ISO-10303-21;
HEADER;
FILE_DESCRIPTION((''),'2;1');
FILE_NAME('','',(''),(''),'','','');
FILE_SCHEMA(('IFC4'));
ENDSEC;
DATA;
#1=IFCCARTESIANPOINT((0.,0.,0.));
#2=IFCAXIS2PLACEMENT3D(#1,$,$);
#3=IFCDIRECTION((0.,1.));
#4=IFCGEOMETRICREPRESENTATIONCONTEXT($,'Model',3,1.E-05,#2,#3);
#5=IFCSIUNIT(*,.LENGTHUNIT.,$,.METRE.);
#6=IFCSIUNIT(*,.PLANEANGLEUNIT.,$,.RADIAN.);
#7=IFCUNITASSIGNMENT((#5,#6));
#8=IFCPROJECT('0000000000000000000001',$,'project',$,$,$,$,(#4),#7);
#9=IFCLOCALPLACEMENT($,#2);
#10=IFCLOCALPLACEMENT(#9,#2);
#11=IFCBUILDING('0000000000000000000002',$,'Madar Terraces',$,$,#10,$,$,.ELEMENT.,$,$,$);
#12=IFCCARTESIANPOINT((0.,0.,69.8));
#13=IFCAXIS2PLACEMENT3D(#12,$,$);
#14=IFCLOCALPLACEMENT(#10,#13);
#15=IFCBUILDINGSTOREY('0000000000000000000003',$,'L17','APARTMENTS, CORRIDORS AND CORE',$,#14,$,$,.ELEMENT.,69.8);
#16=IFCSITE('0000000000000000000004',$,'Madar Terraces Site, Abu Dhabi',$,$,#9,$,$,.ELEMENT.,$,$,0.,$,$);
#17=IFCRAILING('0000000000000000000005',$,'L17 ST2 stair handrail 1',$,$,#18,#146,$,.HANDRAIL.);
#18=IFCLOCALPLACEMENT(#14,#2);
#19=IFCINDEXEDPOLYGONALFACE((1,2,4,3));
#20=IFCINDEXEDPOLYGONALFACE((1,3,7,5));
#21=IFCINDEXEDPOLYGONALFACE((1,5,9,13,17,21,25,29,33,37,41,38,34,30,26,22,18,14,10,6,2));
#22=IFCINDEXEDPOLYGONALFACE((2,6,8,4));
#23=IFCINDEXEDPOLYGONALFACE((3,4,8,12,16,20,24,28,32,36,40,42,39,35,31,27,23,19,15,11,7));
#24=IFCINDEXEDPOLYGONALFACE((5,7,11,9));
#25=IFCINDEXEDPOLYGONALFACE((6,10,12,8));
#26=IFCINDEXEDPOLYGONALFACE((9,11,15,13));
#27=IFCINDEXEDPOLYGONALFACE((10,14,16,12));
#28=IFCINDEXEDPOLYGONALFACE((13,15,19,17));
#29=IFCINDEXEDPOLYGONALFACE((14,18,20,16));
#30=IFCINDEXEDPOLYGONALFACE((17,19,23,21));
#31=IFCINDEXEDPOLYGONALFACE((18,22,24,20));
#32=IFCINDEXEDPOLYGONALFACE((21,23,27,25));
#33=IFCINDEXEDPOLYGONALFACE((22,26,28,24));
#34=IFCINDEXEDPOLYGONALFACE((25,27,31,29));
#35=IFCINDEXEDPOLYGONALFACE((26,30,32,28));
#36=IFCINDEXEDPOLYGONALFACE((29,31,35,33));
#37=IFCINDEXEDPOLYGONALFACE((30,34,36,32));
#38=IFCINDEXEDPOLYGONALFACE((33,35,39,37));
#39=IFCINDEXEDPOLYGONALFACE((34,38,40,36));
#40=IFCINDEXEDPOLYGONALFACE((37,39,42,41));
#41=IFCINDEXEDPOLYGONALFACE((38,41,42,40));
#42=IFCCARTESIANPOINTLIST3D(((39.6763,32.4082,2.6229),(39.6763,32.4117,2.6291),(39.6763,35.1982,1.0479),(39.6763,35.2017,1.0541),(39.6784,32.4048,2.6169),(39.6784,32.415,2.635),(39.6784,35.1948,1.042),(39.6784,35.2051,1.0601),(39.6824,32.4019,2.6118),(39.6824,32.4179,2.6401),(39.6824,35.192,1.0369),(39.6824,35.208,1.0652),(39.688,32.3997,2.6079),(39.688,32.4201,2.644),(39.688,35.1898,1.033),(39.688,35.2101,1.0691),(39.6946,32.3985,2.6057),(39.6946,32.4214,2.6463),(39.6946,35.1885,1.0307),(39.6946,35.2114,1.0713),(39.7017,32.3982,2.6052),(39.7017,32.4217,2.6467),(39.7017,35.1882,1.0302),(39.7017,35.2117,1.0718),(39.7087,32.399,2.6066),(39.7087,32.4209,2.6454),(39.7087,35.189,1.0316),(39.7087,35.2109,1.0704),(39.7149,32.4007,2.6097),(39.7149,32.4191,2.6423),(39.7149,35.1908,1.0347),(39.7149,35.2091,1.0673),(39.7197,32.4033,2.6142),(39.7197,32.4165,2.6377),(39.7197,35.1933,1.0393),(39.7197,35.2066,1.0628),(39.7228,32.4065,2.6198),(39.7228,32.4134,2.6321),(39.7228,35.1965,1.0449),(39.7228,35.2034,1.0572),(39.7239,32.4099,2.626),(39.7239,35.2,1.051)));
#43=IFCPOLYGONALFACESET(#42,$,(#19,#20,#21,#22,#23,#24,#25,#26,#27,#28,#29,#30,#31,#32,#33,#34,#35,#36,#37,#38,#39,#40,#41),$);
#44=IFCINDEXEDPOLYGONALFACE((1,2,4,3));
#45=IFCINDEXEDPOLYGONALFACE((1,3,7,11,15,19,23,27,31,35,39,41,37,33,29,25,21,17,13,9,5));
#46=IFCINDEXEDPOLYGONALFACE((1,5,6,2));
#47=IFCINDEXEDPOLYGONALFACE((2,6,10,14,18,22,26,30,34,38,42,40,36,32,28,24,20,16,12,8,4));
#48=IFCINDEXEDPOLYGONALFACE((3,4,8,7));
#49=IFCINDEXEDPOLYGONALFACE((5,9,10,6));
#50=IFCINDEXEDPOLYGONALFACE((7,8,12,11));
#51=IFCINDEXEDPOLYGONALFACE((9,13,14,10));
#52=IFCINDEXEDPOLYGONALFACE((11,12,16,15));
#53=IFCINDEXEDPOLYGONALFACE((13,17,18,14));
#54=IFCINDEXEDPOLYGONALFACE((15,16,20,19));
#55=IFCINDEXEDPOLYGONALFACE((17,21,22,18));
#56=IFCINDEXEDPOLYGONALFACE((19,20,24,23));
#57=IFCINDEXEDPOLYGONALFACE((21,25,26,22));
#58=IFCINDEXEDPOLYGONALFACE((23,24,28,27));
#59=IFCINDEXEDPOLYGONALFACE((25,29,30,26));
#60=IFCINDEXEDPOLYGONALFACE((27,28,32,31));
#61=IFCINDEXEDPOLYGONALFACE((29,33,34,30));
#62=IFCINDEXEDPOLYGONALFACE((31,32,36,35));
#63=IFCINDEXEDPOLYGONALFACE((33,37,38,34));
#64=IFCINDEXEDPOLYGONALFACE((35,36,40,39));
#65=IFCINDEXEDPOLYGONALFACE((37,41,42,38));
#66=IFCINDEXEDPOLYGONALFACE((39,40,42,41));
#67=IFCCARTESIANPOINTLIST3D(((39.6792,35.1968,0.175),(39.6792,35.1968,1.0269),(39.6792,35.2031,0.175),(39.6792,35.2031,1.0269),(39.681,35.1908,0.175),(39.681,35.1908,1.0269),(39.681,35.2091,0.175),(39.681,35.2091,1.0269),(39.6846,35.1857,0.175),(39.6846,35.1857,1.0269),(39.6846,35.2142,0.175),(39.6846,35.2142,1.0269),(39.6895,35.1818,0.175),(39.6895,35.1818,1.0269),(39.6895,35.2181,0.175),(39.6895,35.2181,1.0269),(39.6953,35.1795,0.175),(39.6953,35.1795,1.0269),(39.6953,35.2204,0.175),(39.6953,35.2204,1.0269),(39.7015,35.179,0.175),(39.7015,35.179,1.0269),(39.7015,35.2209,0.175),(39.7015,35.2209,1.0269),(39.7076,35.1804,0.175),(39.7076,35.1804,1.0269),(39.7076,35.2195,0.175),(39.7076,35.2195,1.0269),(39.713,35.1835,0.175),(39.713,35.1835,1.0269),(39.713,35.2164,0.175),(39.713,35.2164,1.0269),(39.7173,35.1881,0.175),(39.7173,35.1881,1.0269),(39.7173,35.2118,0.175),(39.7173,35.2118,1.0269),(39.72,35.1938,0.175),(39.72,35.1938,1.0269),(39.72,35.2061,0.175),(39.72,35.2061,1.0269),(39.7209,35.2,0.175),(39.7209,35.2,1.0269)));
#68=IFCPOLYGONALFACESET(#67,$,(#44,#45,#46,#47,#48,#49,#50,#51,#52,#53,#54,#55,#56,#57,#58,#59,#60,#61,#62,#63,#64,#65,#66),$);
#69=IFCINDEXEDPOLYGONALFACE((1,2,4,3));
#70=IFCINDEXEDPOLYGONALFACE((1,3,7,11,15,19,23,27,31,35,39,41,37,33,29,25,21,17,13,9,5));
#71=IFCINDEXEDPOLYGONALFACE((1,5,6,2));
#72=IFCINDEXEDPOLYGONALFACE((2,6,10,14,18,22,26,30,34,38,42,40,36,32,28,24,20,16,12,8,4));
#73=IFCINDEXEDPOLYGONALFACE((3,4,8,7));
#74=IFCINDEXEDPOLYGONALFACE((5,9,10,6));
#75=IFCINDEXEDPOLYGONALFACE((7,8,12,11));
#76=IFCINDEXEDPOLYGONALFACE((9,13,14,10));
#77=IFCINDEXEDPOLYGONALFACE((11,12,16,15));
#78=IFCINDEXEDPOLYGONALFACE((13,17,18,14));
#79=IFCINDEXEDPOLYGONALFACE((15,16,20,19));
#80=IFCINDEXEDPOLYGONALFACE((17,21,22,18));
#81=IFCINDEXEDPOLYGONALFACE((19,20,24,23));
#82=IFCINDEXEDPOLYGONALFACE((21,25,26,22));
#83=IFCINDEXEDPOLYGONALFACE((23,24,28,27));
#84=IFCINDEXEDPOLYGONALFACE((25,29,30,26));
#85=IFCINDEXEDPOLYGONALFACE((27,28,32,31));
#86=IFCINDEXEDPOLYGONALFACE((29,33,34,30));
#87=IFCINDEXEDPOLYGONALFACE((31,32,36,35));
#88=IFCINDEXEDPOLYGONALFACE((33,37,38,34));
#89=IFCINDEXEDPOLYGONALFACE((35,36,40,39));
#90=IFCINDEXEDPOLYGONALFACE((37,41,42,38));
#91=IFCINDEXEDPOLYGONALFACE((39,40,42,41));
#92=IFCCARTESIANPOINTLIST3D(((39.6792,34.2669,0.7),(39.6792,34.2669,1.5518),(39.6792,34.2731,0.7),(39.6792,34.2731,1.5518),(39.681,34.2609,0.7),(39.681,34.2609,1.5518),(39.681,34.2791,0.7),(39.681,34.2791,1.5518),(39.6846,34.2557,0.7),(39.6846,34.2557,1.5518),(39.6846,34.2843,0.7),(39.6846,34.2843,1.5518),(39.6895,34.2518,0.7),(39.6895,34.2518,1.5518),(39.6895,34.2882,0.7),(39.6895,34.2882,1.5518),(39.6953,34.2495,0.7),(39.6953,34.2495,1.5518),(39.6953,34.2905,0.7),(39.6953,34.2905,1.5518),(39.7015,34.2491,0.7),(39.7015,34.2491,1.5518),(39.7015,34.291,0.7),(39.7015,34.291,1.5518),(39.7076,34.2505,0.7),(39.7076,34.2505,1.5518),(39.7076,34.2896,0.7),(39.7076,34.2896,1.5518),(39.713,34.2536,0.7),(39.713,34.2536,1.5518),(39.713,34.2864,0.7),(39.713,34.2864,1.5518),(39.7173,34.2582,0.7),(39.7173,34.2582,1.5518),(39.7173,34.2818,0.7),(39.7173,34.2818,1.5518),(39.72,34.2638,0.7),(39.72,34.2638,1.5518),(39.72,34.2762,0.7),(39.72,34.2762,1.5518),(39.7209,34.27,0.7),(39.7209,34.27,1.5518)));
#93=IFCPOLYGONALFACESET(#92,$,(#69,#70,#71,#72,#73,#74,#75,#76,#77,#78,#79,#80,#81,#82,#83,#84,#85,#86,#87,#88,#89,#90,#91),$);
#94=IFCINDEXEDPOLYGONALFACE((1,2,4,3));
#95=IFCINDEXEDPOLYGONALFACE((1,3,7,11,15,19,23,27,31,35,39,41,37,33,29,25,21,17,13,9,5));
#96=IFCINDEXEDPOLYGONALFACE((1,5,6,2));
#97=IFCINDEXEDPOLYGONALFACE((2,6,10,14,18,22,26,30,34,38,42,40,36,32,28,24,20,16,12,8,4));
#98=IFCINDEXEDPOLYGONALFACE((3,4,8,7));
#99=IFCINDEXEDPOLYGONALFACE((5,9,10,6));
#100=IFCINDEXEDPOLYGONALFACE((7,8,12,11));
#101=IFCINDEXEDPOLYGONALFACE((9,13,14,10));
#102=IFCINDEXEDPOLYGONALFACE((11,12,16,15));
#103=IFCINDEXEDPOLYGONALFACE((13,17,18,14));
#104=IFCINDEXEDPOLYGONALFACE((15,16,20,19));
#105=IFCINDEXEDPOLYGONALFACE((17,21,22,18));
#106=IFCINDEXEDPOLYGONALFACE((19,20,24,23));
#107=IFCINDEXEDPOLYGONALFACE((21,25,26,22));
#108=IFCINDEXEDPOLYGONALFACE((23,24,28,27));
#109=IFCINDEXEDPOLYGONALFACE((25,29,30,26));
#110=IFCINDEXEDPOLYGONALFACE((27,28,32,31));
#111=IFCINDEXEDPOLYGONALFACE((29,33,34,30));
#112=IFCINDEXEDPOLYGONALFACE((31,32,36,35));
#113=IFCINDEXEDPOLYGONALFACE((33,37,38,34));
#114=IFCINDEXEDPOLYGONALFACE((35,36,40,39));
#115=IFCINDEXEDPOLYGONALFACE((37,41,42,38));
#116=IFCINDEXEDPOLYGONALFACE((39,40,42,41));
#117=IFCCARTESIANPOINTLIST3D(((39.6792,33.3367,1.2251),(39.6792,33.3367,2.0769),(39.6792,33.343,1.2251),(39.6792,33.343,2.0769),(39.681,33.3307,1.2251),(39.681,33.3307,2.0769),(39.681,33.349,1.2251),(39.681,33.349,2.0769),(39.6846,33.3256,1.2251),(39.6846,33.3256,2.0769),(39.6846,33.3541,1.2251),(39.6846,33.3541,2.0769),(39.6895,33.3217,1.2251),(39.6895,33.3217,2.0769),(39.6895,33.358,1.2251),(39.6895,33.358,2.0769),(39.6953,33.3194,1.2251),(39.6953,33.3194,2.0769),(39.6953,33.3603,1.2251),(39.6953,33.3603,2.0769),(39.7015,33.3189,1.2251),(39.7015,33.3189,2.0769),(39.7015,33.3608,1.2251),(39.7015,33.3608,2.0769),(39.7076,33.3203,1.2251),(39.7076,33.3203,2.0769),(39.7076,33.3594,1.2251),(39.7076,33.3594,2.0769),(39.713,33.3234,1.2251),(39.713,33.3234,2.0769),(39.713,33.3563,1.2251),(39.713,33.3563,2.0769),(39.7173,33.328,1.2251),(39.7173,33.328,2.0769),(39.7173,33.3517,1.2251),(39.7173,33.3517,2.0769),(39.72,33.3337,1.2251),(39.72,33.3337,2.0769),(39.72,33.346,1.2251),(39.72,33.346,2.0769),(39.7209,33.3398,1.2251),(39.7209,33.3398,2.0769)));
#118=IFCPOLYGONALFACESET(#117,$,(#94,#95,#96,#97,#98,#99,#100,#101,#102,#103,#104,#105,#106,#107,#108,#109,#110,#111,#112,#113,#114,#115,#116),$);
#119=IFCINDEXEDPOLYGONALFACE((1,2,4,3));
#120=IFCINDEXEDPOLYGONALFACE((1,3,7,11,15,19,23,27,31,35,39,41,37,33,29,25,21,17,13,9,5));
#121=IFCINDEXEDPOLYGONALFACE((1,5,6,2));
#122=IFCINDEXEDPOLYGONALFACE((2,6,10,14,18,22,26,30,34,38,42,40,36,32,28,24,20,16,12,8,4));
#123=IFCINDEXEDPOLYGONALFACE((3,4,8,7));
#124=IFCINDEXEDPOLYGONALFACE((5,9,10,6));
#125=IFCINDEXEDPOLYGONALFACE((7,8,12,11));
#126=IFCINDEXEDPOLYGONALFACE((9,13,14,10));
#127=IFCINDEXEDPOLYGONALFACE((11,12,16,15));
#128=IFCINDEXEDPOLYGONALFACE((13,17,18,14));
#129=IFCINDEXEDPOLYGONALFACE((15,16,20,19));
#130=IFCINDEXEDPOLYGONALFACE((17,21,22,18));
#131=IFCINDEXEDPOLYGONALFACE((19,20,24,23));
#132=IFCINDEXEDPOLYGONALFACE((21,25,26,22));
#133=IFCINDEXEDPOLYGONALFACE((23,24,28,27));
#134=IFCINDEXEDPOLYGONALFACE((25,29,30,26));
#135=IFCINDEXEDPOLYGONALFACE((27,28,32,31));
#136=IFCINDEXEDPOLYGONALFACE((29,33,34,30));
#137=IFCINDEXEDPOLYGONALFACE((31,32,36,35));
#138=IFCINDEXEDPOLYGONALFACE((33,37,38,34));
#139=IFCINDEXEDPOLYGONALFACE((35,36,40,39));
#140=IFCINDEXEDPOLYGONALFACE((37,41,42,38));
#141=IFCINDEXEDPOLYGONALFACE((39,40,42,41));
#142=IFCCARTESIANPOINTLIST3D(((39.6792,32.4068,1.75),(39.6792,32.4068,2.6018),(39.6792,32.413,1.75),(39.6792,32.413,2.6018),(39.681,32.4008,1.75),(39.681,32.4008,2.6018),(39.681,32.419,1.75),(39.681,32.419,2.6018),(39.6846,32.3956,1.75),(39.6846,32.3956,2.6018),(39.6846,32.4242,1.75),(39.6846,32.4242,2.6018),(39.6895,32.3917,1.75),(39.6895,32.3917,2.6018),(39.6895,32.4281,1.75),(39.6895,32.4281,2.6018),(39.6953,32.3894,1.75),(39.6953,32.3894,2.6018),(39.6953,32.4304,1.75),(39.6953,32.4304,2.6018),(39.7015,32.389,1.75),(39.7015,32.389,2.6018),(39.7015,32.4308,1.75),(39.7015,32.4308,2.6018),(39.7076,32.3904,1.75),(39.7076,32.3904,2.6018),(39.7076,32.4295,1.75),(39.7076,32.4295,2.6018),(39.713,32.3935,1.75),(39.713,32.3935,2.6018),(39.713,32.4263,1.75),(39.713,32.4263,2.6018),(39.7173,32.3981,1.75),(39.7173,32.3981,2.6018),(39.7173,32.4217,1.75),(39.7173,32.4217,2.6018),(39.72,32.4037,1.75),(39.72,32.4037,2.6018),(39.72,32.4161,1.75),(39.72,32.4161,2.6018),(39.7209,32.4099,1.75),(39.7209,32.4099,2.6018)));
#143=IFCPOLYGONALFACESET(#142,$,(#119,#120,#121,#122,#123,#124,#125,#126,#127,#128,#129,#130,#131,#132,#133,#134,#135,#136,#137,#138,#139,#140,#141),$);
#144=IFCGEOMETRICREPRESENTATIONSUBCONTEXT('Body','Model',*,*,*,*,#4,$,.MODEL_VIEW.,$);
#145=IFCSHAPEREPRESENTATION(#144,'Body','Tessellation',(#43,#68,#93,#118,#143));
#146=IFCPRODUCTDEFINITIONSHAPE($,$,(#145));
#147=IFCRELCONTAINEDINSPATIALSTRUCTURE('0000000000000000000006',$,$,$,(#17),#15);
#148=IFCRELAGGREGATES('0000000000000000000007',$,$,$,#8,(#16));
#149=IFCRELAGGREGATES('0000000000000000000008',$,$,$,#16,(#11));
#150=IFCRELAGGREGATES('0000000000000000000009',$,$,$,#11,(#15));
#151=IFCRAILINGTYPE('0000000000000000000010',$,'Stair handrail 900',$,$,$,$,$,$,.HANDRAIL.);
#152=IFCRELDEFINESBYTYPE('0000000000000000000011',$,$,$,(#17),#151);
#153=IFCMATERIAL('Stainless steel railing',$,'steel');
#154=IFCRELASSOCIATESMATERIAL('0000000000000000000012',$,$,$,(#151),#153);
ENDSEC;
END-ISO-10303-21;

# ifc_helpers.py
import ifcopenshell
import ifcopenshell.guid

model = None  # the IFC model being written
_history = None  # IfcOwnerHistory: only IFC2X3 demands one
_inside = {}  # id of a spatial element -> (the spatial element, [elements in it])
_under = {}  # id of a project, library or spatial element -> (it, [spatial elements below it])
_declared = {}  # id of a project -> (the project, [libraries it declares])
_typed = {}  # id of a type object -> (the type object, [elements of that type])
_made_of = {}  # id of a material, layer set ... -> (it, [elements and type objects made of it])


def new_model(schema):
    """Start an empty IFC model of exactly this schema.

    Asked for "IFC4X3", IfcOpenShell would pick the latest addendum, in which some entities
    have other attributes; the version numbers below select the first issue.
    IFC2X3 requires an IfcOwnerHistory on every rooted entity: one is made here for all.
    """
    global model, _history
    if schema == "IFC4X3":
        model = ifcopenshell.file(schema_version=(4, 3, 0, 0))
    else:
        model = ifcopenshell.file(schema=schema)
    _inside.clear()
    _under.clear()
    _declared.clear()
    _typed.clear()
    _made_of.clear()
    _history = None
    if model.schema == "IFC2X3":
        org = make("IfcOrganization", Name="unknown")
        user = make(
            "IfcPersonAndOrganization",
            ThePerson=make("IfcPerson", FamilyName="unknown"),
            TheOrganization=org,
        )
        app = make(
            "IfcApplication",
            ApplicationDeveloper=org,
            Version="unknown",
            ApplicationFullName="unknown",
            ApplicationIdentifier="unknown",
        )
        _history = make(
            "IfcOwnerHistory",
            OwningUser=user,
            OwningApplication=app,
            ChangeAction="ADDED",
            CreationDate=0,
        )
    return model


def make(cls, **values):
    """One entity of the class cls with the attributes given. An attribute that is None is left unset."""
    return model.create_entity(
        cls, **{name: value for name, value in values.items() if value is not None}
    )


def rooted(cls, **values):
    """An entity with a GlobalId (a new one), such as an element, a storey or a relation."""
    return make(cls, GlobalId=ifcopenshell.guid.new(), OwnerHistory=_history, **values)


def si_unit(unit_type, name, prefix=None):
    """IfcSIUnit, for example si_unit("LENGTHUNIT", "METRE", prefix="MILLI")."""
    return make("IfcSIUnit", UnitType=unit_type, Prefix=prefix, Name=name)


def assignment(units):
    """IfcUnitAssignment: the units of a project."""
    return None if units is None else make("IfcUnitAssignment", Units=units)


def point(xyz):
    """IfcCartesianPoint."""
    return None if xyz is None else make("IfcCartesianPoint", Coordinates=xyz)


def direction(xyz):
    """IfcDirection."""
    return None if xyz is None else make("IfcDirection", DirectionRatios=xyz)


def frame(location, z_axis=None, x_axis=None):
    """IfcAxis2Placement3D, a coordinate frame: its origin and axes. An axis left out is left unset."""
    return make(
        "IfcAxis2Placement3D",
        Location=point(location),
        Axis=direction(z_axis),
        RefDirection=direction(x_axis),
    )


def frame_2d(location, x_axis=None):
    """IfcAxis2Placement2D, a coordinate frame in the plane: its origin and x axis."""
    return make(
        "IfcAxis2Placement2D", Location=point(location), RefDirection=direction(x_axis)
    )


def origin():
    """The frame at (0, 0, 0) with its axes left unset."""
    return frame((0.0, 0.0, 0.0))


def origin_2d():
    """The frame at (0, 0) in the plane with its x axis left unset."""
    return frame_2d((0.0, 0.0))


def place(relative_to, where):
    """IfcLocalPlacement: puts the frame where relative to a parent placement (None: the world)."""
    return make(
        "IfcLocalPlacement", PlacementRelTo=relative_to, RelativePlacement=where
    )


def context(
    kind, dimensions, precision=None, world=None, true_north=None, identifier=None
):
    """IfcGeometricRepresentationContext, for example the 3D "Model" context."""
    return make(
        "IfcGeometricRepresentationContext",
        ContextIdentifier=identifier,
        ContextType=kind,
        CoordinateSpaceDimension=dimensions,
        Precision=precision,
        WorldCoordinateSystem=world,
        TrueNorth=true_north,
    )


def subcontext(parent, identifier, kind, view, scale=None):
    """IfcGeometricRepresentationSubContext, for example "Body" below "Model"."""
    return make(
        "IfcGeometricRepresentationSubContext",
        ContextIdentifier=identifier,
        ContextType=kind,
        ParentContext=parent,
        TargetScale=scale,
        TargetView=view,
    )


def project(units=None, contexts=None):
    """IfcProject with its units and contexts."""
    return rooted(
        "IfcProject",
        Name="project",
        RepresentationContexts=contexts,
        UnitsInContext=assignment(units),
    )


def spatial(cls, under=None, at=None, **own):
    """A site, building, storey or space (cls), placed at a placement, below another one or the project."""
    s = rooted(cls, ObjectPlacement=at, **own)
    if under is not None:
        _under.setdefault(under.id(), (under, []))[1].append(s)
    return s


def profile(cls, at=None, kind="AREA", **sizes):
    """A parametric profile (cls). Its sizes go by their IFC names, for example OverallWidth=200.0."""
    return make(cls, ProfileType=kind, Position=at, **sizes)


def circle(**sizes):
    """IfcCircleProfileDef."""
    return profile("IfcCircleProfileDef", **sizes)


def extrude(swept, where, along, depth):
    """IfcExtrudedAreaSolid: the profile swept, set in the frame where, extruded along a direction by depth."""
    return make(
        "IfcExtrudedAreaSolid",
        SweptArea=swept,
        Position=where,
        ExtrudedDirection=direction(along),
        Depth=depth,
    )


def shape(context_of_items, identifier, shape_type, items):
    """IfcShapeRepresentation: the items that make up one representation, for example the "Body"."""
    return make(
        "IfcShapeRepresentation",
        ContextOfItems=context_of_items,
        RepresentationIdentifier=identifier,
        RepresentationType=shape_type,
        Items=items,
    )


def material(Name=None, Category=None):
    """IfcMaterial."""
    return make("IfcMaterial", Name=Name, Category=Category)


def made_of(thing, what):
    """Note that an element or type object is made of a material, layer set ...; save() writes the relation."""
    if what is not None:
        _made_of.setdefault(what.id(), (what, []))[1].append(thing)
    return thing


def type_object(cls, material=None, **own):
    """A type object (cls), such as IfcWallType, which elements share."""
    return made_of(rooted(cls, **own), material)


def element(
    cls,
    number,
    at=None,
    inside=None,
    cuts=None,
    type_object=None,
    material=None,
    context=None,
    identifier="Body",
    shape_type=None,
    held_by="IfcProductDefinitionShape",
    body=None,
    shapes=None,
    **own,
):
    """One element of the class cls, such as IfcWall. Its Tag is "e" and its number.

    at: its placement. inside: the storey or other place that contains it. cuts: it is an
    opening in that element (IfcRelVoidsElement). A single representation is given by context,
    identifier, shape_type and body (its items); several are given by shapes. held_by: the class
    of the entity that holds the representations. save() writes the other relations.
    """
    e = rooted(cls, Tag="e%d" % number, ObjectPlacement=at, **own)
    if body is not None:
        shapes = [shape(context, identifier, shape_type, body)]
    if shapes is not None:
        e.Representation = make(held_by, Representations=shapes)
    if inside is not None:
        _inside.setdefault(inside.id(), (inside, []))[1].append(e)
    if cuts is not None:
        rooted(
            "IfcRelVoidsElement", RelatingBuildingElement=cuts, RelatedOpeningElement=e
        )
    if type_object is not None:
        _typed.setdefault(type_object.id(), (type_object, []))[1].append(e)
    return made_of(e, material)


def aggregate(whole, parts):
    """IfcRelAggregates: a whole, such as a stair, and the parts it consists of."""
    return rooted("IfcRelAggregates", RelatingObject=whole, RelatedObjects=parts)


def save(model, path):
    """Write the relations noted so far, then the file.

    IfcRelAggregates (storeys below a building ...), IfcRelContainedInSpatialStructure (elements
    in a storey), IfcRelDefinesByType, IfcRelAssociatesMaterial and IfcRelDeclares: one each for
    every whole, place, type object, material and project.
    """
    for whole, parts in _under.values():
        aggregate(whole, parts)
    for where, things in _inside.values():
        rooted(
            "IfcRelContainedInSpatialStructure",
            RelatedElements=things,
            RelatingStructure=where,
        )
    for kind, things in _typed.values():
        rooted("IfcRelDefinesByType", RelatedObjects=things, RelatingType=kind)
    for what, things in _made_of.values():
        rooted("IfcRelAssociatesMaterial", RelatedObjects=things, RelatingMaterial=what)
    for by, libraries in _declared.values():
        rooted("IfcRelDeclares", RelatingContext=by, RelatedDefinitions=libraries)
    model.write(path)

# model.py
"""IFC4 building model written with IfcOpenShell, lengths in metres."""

from ifc_helpers import new_model, si_unit, direction, frame, origin, origin_2d, place, context, subcontext, project, spatial, circle, extrude, material, type_object, element, save


model = new_model("IFC4")

# Units and contexts
model_context = context("Model", 3, precision=1e-05, world=origin(), true_north=direction((0.0, 1.0)))
body_context = subcontext(model_context, "Body", "Model", "MODEL_VIEW")
ifc_project = project(units=[si_unit("LENGTHUNIT", "METRE"), si_unit("PLANEANGLEUNIT", "RADIAN")], contexts=[model_context])

# Site, building, storey
site_placement = place(None, origin())
site = spatial("IfcSite", under=ifc_project, at=site_placement, Name="Madar Terraces Site, Abu Dhabi", CompositionType="ELEMENT", RefElevation=0.0)
building_placement = place(site_placement, origin())
building = spatial("IfcBuilding", under=site, at=building_placement, Name="Madar Terraces", CompositionType="ELEMENT")
storey_placement = place(building_placement, frame((0.0, 0.0, 69.8)))
storey = spatial("IfcBuildingStorey", under=building, at=storey_placement, Name="L17", Description="APARTMENTS, CORRIDORS AND CORE", CompositionType="ELEMENT", Elevation=69.8)

# Railing
ifc_material_1 = material(Name="Stainless steel railing", Category="steel")
railing_type_1 = type_object("IfcRailingType", Name="Stair handrail 900", PredefinedType="HANDRAIL", material=ifc_material_1)
railing_1_placement = place(storey_placement, frame((39.7, 35.2, 0.175)))
element("IfcRailing", 1, at=railing_1_placement, inside=storey, type_object=railing_type_1, Name="L17 ST2 stair handrail 1", PredefinedType="HANDRAIL", context=body_context, shape_type="SweptSolid", body=[
    extrude(circle(Radius=0.0239, at=origin_2d()), frame((0.0, 0.0, 0.876), z_axis=(0.0, -0.870834, 0.491578), x_axis=(1.0, 0.0, 0.0)), (0.0, 0.0, 1.0), 3.2039),
    extrude(circle(Radius=0.021, at=origin_2d()), origin(), (0.0, 0.0, 1.0), 0.8518),
    extrude(circle(Radius=0.021, at=origin_2d()), frame((0.0, -0.9299, 0.5249)), (0.0, 0.0, 1.0), 0.8518),
    extrude(circle(Radius=0.021, at=origin_2d()), frame((0.0, -1.8601, 1.05)), (0.0, 0.0, 1.0), 0.8518),
    extrude(circle(Radius=0.021, at=origin_2d()), frame((0.0, -2.79, 1.575)), (0.0, 0.0, 1.0), 0.8518),
])

save(model, "model.ifc")
